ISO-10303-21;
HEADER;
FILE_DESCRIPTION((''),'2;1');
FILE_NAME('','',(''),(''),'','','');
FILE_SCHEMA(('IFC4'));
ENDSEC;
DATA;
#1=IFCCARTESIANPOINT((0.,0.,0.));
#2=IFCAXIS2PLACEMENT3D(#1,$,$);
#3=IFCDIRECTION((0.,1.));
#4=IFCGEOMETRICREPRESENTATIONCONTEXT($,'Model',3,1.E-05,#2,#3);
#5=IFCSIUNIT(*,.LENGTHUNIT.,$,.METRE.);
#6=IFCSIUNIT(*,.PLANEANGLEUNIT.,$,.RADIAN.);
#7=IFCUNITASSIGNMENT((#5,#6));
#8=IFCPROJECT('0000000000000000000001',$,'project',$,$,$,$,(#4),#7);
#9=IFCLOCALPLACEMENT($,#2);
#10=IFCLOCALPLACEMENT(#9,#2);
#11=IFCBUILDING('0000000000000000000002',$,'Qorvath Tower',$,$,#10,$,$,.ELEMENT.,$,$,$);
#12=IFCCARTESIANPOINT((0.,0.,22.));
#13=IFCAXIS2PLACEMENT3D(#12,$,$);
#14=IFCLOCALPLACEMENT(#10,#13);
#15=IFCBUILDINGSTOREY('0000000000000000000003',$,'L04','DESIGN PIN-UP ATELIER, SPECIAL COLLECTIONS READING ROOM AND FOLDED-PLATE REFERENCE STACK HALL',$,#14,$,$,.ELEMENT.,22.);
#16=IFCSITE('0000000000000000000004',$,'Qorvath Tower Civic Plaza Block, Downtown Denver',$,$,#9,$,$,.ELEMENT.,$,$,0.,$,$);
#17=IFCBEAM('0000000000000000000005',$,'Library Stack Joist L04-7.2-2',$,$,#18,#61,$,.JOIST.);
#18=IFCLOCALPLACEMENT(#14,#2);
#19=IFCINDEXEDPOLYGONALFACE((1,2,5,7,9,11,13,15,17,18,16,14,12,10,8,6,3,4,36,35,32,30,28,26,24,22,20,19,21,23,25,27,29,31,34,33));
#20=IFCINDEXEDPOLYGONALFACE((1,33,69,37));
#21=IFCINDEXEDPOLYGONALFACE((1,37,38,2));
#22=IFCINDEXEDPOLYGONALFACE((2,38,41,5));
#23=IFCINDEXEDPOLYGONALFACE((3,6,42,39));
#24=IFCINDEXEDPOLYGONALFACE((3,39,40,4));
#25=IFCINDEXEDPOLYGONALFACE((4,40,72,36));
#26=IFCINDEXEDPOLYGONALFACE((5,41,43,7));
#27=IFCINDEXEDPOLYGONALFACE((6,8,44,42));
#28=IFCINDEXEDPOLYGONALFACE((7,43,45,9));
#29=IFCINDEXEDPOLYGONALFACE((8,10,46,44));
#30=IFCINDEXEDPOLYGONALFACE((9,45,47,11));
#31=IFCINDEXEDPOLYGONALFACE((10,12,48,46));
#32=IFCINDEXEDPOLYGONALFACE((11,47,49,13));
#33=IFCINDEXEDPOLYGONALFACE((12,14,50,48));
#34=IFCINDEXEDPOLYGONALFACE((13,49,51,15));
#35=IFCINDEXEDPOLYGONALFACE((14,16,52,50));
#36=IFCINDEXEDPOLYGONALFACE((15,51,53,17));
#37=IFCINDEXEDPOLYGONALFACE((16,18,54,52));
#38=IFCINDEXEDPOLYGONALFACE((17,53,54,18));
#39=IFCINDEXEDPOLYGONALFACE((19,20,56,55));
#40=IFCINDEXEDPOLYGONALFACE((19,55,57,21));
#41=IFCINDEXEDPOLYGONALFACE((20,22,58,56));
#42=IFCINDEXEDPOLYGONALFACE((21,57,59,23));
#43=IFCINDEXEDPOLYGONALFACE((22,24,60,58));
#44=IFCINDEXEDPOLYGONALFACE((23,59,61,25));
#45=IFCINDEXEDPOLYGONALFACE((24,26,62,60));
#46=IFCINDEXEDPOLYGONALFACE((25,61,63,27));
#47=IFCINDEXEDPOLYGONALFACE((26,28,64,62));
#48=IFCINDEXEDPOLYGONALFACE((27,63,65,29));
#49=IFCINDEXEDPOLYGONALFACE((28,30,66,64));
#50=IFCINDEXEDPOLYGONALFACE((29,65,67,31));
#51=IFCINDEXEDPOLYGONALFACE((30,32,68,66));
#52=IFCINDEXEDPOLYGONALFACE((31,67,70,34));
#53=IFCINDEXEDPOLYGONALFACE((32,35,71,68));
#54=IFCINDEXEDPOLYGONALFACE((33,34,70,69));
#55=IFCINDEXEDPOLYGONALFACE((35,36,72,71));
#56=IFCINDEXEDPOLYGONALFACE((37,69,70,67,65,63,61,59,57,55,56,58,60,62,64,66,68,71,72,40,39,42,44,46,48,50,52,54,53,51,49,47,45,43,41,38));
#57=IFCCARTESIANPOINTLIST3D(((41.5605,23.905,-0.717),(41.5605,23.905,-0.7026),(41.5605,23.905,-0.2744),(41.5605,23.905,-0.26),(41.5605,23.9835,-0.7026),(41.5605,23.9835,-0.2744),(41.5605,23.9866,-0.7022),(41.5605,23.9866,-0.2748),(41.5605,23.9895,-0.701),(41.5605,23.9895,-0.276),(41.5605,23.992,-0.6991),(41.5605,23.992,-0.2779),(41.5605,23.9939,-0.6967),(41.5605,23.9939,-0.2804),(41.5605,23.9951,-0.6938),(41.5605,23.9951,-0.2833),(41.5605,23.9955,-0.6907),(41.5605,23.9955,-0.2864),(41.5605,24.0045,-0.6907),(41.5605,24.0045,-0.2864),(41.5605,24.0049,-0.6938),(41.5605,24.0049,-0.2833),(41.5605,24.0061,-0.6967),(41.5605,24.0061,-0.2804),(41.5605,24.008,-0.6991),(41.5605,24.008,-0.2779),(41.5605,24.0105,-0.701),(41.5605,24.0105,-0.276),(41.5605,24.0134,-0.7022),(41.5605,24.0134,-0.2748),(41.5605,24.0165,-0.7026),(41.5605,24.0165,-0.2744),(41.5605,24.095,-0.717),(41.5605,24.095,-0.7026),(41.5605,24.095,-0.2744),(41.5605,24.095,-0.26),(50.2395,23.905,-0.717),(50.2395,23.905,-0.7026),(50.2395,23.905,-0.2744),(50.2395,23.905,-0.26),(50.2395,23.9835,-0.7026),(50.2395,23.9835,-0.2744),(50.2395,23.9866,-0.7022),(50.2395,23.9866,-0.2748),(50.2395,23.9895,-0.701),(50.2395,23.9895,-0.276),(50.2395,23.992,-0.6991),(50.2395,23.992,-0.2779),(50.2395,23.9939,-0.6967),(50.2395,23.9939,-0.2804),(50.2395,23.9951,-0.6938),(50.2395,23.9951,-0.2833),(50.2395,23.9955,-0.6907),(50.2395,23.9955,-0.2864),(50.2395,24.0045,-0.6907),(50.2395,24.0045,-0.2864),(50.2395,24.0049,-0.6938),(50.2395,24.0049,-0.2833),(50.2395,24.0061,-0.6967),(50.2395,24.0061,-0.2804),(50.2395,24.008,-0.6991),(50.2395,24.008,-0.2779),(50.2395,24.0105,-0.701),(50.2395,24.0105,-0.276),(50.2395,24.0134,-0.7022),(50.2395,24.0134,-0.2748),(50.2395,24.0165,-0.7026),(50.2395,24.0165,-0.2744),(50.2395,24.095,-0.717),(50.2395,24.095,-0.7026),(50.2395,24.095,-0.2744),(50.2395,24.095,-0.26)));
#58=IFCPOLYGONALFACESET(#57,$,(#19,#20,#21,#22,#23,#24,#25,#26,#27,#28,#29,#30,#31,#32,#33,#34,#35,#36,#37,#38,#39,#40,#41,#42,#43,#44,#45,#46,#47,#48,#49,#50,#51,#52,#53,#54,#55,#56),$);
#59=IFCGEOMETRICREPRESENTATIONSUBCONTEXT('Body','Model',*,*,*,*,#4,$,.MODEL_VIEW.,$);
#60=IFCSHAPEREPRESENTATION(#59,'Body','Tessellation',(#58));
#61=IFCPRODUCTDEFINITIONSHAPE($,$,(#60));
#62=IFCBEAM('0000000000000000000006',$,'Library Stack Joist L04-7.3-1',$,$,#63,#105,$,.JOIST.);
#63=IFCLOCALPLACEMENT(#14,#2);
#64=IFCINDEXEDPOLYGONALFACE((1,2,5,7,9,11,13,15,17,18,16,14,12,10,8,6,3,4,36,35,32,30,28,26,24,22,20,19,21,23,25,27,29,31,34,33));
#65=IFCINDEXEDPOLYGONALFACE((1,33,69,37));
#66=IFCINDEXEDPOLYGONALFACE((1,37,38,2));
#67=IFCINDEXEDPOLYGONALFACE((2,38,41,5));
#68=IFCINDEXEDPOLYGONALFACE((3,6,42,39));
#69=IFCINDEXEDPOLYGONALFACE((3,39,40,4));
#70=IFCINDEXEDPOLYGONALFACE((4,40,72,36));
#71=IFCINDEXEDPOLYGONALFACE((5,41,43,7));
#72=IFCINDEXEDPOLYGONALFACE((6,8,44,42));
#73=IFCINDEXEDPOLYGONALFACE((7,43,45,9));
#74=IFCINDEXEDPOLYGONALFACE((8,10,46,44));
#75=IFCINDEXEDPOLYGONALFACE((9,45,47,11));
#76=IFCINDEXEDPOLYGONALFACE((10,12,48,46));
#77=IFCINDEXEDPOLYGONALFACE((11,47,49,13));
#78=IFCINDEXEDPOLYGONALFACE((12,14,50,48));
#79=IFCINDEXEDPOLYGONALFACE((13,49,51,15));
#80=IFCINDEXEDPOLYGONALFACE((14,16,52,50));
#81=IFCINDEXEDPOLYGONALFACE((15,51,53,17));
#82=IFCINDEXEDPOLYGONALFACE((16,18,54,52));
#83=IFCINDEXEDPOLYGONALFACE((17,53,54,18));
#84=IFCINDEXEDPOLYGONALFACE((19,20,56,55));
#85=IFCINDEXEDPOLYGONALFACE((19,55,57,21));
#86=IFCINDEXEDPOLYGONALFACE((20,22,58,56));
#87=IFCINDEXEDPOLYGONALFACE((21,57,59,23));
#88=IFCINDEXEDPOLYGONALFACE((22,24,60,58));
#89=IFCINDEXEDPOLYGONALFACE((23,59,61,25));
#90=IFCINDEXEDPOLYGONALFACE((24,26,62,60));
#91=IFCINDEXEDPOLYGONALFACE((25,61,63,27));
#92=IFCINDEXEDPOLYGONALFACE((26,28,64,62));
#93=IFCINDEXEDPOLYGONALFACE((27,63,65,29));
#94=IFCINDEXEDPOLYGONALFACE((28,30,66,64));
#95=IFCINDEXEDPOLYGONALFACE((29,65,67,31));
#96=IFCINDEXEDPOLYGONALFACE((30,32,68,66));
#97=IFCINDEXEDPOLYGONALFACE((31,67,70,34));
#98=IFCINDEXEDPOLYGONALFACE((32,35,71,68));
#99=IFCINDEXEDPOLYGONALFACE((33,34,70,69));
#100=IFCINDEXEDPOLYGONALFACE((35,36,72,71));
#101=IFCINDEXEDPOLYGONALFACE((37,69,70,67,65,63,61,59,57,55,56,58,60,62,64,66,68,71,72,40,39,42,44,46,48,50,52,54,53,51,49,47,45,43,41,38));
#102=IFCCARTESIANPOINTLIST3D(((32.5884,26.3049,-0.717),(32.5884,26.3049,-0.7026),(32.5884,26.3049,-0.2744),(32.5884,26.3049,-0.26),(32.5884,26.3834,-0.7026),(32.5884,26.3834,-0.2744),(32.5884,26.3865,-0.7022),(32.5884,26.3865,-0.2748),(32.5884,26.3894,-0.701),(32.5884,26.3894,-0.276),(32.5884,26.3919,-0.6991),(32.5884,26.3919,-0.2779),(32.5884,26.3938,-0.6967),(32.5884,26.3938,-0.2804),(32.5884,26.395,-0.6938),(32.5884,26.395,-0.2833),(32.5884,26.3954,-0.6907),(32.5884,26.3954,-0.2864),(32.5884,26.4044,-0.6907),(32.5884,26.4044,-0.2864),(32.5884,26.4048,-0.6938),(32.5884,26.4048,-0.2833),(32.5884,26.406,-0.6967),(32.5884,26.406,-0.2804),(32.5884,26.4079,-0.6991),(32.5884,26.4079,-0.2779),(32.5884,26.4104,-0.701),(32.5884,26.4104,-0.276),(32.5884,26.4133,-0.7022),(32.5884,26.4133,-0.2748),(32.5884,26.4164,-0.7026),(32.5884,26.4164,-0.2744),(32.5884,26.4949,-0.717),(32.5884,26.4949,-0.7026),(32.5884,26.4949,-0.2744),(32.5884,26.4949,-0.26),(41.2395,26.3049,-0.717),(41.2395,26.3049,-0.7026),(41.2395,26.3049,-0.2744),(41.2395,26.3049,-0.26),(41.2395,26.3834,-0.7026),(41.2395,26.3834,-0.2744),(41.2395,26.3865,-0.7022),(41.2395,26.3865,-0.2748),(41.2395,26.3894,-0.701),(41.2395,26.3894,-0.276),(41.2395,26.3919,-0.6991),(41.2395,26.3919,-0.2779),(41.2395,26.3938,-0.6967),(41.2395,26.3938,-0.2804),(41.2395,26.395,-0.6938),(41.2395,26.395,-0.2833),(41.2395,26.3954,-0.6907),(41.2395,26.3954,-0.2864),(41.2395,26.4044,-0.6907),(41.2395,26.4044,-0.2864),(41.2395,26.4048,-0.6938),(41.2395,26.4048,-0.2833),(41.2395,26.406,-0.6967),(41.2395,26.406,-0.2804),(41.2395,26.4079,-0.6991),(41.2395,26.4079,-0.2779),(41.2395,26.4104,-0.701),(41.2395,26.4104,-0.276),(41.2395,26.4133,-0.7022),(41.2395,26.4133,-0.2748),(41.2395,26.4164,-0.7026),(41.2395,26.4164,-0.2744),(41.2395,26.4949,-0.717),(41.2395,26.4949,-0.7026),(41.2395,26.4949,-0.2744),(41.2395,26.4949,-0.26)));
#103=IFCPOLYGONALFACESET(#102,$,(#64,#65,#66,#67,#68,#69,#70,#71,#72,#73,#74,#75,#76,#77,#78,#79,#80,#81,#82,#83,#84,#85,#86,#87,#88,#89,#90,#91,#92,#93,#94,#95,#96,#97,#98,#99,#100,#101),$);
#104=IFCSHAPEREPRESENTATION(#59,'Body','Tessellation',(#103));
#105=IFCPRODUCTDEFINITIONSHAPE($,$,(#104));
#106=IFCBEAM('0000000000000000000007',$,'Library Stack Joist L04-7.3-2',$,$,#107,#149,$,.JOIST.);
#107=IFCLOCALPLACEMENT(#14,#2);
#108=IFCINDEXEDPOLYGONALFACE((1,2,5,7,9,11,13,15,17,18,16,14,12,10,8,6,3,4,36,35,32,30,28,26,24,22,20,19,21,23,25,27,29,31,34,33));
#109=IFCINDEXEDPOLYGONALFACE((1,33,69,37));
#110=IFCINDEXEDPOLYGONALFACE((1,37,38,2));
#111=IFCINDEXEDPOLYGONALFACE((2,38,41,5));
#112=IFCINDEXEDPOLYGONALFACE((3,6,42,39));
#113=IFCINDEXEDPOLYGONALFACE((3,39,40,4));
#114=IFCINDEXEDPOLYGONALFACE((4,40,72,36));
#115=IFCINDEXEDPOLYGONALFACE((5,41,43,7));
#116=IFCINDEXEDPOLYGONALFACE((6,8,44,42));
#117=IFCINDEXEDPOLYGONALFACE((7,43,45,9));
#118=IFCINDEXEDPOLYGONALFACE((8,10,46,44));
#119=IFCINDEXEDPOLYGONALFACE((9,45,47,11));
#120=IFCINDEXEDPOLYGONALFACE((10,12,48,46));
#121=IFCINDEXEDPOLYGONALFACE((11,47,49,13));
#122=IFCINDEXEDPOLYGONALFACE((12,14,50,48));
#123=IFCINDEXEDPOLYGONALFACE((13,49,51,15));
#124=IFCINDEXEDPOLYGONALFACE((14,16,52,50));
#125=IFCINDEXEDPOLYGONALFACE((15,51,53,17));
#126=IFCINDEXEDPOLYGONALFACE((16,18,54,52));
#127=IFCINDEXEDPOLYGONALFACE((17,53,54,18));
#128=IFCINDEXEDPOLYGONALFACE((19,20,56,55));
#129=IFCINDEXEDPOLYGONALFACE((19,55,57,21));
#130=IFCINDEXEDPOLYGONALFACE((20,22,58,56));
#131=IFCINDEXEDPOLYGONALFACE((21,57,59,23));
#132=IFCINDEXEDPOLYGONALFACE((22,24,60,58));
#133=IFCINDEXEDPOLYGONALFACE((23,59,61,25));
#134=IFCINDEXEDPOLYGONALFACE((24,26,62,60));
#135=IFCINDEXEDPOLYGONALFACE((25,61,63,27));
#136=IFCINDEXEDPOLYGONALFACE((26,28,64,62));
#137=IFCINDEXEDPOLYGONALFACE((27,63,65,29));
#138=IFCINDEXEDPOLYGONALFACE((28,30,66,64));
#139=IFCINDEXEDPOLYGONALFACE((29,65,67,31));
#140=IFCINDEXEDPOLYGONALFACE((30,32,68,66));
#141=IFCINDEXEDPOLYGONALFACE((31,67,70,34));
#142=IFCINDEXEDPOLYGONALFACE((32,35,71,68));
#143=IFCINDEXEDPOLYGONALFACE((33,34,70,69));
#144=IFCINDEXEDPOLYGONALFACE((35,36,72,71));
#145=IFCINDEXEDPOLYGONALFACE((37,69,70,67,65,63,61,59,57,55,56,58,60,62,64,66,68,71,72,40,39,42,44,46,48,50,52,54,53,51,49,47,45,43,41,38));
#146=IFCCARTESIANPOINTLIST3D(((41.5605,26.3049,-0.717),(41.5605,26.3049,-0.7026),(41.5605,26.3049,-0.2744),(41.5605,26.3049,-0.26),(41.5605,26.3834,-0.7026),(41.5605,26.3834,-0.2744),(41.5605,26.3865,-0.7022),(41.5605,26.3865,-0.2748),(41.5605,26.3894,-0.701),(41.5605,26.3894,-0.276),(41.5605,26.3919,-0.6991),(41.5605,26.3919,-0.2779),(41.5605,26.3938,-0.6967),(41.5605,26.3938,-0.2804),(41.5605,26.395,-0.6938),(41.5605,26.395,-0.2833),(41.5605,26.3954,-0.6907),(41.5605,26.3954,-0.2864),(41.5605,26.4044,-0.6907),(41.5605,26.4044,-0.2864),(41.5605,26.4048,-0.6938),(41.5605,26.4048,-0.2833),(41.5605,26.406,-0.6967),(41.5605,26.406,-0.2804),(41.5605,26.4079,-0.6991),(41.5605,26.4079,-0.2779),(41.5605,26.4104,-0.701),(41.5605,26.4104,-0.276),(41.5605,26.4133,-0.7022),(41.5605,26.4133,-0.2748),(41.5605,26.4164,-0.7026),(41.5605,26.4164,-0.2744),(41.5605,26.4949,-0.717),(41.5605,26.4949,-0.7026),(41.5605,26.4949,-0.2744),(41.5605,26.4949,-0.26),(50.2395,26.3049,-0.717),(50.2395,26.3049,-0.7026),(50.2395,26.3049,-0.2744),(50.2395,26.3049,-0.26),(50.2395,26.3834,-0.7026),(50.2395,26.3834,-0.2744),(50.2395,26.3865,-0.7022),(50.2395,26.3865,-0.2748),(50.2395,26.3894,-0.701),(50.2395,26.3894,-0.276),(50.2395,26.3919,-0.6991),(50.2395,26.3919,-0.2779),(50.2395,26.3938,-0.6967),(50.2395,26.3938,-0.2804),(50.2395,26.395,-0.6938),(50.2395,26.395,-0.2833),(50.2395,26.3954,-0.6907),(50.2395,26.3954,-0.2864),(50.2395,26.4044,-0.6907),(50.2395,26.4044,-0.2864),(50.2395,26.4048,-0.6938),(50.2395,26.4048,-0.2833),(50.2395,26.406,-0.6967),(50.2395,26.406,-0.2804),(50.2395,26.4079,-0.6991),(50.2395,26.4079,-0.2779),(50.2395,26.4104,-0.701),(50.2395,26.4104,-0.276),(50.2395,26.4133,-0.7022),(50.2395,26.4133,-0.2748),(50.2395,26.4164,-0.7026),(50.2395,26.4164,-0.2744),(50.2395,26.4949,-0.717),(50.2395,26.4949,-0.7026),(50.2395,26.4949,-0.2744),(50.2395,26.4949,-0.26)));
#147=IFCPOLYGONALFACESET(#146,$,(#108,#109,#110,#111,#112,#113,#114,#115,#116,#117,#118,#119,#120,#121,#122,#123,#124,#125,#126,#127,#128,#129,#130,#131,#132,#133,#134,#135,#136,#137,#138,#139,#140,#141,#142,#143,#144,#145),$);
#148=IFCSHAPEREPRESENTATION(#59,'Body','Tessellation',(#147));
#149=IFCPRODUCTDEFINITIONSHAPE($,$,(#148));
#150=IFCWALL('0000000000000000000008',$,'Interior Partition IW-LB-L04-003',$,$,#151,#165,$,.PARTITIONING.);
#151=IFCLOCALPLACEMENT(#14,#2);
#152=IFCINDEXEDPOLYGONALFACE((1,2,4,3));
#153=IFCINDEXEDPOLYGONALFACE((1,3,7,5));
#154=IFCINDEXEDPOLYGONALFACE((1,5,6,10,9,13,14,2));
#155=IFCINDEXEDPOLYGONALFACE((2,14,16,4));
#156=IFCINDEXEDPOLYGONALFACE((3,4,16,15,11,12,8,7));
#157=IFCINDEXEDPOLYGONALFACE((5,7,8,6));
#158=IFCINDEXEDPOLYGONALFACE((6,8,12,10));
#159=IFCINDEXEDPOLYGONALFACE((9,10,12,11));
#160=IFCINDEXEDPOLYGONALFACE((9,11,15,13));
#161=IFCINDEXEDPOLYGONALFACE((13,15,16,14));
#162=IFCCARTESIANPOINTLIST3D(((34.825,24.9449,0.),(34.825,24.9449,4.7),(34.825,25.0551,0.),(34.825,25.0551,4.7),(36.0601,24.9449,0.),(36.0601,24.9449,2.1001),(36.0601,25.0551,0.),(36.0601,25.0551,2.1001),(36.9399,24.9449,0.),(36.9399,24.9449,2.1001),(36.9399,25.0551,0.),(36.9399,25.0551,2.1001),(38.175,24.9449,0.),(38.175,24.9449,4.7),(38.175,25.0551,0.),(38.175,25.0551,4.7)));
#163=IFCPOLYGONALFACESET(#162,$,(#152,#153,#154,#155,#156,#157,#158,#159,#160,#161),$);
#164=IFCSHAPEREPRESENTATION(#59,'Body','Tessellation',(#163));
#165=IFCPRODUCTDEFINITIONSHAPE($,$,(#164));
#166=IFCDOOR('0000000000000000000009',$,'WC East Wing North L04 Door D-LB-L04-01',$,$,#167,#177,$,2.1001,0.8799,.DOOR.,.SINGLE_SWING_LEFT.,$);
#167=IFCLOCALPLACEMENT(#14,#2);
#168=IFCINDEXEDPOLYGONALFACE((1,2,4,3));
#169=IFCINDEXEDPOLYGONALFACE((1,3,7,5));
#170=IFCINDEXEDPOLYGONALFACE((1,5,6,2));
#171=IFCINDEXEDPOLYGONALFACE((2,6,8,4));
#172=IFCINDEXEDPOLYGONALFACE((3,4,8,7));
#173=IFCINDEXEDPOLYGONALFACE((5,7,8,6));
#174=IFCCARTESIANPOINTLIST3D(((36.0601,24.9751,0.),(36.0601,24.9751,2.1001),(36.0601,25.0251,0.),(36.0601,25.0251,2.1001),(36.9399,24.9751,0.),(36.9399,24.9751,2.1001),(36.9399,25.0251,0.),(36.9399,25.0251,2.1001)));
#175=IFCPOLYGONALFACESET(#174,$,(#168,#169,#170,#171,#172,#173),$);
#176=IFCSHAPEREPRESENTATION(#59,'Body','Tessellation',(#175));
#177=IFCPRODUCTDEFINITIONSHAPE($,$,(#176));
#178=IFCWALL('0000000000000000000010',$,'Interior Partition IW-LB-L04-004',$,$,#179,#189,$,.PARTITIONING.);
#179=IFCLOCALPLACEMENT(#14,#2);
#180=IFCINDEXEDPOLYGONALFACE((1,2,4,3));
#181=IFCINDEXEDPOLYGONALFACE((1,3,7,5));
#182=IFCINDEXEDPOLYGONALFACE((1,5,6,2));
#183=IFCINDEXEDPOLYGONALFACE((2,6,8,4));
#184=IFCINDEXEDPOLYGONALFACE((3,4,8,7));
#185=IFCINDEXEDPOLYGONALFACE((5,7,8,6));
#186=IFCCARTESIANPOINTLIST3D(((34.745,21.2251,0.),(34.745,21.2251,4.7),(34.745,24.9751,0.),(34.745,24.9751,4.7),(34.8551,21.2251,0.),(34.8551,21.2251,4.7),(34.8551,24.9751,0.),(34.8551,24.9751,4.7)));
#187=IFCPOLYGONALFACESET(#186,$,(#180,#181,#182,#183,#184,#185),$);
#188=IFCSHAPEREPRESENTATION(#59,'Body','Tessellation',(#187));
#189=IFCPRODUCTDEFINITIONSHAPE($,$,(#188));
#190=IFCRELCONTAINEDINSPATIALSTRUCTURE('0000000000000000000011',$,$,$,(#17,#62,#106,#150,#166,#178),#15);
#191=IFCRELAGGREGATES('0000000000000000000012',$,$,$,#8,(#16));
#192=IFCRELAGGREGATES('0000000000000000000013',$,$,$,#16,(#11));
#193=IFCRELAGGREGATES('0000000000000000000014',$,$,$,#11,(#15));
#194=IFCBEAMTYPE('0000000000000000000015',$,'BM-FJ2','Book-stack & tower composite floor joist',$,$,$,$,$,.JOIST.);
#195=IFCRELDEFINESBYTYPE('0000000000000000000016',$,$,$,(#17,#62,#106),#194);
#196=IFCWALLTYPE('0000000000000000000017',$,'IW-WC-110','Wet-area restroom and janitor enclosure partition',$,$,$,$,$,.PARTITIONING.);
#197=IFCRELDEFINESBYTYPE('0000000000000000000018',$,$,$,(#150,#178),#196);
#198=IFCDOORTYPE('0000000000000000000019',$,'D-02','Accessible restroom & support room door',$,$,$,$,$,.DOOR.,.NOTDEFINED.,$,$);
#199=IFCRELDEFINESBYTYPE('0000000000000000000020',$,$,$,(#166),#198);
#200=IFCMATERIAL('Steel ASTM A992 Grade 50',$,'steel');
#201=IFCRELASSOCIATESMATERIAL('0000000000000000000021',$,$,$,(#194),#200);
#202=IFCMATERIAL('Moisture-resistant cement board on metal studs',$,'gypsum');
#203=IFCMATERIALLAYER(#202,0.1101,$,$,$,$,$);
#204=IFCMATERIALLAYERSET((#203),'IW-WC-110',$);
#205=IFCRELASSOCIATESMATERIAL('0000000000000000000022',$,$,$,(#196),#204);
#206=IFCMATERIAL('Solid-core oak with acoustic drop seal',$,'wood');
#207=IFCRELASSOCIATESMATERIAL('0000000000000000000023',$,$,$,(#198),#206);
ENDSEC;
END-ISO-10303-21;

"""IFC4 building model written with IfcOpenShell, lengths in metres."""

from ifc_helpers import new_model, si_unit, direction, frame, frame_2d, origin, origin_2d, place, context, subcontext, project, spatial, rectangle, i_section, extrude, material, layer, layer_set, material_profile, profile_set, type_object, element, fill, save


model = new_model("IFC4")

# Units and contexts
model_context = context("Model", 3, precision=1e-05, world=origin(), true_north=direction((0.0, 1.0)))
body_context = subcontext(model_context, "Body", "Model", "MODEL_VIEW")
ifc_project = project(units=[si_unit("LENGTHUNIT", "METRE"), si_unit("PLANEANGLEUNIT", "RADIAN")], contexts=[model_context])

# Site, building, storey
site_placement = place(None, origin())
site = spatial("IfcSite", under=ifc_project, at=site_placement, Name="Qorvath Tower Civic Plaza Block, Downtown Denver", CompositionType="ELEMENT", RefElevation=0.0)
building_placement = place(site_placement, origin())
building = spatial("IfcBuilding", under=site, at=building_placement, Name="Qorvath Tower", CompositionType="ELEMENT")
storey_placement = place(building_placement, frame((0.0, 0.0, 22.0)))
storey = spatial("IfcBuildingStorey", under=building, at=storey_placement, Name="L04", Description="DESIGN PIN-UP ATELIER, SPECIAL COLLECTIONS READING ROOM AND FOLDED-PLATE REFERENCE STACK HALL", CompositionType="ELEMENT", Elevation=22.0)

# Beams
ifc_material_1 = material(Name="Steel ASTM A992 Grade 50", Category="steel")
ifc_material_profile_1 = material_profile(ifc_material_1, i_section(OverallWidth=0.1899, OverallDepth=0.457, WebThickness=0.009, FlangeThickness=0.0144, FilletRadius=0.012, at=origin_2d()), Name="W18x50")
ifc_profile_set_1 = profile_set([ifc_material_profile_1], Name="Steel ASTM A992 Grade 50")
beam_type_1 = type_object("IfcBeamType", Name="BM-FJ2", Description="Book-stack & tower composite floor joist", PredefinedType="JOIST", material=ifc_profile_set_1)
beam_1_placement = place(storey_placement, frame((41.5605, 24.0, -0.4885), z_axis=(1.0, 0.0, 0.0), x_axis=(0.0, 1.0, 0.0)))
element("IfcBeam", 1, at=beam_1_placement, inside=storey, type_object=beam_type_1, Name="Library Stack Joist L04-7.2-2", PredefinedType="JOIST", context=body_context, shape_type="SweptSolid", body=[
    extrude(i_section(OverallWidth=0.1899, OverallDepth=0.457, WebThickness=0.009, FlangeThickness=0.0144, FilletRadius=0.012, at=origin_2d()), origin(), (0.0, 0.0, 1.0), 8.679),
])
beam_2_placement = place(storey_placement, frame((32.5884, 26.3999, -0.4885), z_axis=(1.0, 0.0, 0.0), x_axis=(0.0, 1.0, 0.0)))
element("IfcBeam", 2, at=beam_2_placement, inside=storey, type_object=beam_type_1, Name="Library Stack Joist L04-7.3-1", PredefinedType="JOIST", context=body_context, shape_type="SweptSolid", body=[
    extrude(i_section(OverallWidth=0.1899, OverallDepth=0.457, WebThickness=0.009, FlangeThickness=0.0144, FilletRadius=0.012, at=origin_2d()), origin(), (0.0, 0.0, 1.0), 8.6511),
])
beam_3_placement = place(storey_placement, frame((41.5605, 26.3999, -0.4885), z_axis=(1.0, 0.0, 0.0), x_axis=(0.0, 1.0, 0.0)))
element("IfcBeam", 3, at=beam_3_placement, inside=storey, type_object=beam_type_1, Name="Library Stack Joist L04-7.3-2", PredefinedType="JOIST", context=body_context, shape_type="SweptSolid", body=[
    extrude(i_section(OverallWidth=0.1899, OverallDepth=0.457, WebThickness=0.009, FlangeThickness=0.0144, FilletRadius=0.012, at=origin_2d()), origin(), (0.0, 0.0, 1.0), 8.679),
])

# Wall, opening, door
ifc_material_2 = material(Name="Moisture-resistant cement board on metal studs", Category="gypsum")
ifc_layer_1 = layer(ifc_material_2, 0.1101)
ifc_layer_set_1 = layer_set([ifc_layer_1], Name="IW-WC-110")
wall_type_1 = type_object("IfcWallType", Name="IW-WC-110", Description="Wet-area restroom and janitor enclosure partition", PredefinedType="PARTITIONING", material=ifc_layer_set_1)
wall_1_placement = place(storey_placement, frame((38.175, 25.0, 0.0), z_axis=(0.0, 0.0, 1.0), x_axis=(-1.0, 0.0, 0.0)))
wall_1 = element("IfcWall", 4, at=wall_1_placement, inside=storey, type_object=wall_type_1, Name="Interior Partition IW-LB-L04-003", PredefinedType="PARTITIONING", context=body_context, shape_type="SweptSolid", body=[
    extrude(rectangle(XDim=3.3501, YDim=0.1101, at=frame_2d((1.675, 0.0))), origin(), (0.0, 0.0, 1.0), 4.7),
])
opening_1_placement = place(wall_1_placement, frame((1.2351, 0.0, 0.0)))
opening_1 = element("IfcOpeningElement", 5, at=opening_1_placement, cuts=wall_1, PredefinedType="OPENING", context=body_context, shape_type="SweptSolid", body=[
    extrude(rectangle(XDim=0.8799, YDim=2.1001, at=frame_2d((0.4399, 1.05))), frame((0.0, 0.0649, 0.0), z_axis=(0.0, -1.0, 0.0), x_axis=(1.0, 0.0, 0.0)), (0.0, 0.0, 1.0), 0.1301),
])
ifc_material_3 = material(Name="Solid-core oak with acoustic drop seal", Category="wood")
door_type_1 = type_object("IfcDoorType", Name="D-02", Description="Accessible restroom & support room door", OperationType="NOTDEFINED", PredefinedType="DOOR", material=ifc_material_3)
door_1_placement = place(opening_1_placement, origin())
door_1 = element("IfcDoor", 6, at=door_1_placement, inside=storey, type_object=door_type_1, Name="WC East Wing North L04 Door D-LB-L04-01", OperationType="SINGLE_SWING_LEFT", OverallHeight=2.1001, OverallWidth=0.8799, PredefinedType="DOOR", context=body_context, shape_type="SweptSolid", body=[
    extrude(rectangle(XDim=0.8799, YDim=2.1001, at=frame_2d((0.4399, 1.05))), frame((0.0, 0.0249, 0.0), z_axis=(0.0, -1.0, 0.0), x_axis=(1.0, 0.0, 0.0)), (0.0, 0.0, 1.0), 0.05),
])
fill(opening_1, door_1)

# Wall
wall_2_placement = place(storey_placement, frame((34.8, 24.9751, 0.0), z_axis=(0.0, 0.0, 1.0), x_axis=(0.0, -1.0, 0.0)))
element("IfcWall", 7, at=wall_2_placement, inside=storey, type_object=wall_type_1, Name="Interior Partition IW-LB-L04-004", PredefinedType="PARTITIONING", context=body_context, shape_type="SweptSolid", body=[
    extrude(rectangle(XDim=3.75, YDim=0.1101, at=frame_2d((1.875, 0.0))), origin(), (0.0, 0.0, 1.0), 4.7),
])

save(model, "model.ifc")
